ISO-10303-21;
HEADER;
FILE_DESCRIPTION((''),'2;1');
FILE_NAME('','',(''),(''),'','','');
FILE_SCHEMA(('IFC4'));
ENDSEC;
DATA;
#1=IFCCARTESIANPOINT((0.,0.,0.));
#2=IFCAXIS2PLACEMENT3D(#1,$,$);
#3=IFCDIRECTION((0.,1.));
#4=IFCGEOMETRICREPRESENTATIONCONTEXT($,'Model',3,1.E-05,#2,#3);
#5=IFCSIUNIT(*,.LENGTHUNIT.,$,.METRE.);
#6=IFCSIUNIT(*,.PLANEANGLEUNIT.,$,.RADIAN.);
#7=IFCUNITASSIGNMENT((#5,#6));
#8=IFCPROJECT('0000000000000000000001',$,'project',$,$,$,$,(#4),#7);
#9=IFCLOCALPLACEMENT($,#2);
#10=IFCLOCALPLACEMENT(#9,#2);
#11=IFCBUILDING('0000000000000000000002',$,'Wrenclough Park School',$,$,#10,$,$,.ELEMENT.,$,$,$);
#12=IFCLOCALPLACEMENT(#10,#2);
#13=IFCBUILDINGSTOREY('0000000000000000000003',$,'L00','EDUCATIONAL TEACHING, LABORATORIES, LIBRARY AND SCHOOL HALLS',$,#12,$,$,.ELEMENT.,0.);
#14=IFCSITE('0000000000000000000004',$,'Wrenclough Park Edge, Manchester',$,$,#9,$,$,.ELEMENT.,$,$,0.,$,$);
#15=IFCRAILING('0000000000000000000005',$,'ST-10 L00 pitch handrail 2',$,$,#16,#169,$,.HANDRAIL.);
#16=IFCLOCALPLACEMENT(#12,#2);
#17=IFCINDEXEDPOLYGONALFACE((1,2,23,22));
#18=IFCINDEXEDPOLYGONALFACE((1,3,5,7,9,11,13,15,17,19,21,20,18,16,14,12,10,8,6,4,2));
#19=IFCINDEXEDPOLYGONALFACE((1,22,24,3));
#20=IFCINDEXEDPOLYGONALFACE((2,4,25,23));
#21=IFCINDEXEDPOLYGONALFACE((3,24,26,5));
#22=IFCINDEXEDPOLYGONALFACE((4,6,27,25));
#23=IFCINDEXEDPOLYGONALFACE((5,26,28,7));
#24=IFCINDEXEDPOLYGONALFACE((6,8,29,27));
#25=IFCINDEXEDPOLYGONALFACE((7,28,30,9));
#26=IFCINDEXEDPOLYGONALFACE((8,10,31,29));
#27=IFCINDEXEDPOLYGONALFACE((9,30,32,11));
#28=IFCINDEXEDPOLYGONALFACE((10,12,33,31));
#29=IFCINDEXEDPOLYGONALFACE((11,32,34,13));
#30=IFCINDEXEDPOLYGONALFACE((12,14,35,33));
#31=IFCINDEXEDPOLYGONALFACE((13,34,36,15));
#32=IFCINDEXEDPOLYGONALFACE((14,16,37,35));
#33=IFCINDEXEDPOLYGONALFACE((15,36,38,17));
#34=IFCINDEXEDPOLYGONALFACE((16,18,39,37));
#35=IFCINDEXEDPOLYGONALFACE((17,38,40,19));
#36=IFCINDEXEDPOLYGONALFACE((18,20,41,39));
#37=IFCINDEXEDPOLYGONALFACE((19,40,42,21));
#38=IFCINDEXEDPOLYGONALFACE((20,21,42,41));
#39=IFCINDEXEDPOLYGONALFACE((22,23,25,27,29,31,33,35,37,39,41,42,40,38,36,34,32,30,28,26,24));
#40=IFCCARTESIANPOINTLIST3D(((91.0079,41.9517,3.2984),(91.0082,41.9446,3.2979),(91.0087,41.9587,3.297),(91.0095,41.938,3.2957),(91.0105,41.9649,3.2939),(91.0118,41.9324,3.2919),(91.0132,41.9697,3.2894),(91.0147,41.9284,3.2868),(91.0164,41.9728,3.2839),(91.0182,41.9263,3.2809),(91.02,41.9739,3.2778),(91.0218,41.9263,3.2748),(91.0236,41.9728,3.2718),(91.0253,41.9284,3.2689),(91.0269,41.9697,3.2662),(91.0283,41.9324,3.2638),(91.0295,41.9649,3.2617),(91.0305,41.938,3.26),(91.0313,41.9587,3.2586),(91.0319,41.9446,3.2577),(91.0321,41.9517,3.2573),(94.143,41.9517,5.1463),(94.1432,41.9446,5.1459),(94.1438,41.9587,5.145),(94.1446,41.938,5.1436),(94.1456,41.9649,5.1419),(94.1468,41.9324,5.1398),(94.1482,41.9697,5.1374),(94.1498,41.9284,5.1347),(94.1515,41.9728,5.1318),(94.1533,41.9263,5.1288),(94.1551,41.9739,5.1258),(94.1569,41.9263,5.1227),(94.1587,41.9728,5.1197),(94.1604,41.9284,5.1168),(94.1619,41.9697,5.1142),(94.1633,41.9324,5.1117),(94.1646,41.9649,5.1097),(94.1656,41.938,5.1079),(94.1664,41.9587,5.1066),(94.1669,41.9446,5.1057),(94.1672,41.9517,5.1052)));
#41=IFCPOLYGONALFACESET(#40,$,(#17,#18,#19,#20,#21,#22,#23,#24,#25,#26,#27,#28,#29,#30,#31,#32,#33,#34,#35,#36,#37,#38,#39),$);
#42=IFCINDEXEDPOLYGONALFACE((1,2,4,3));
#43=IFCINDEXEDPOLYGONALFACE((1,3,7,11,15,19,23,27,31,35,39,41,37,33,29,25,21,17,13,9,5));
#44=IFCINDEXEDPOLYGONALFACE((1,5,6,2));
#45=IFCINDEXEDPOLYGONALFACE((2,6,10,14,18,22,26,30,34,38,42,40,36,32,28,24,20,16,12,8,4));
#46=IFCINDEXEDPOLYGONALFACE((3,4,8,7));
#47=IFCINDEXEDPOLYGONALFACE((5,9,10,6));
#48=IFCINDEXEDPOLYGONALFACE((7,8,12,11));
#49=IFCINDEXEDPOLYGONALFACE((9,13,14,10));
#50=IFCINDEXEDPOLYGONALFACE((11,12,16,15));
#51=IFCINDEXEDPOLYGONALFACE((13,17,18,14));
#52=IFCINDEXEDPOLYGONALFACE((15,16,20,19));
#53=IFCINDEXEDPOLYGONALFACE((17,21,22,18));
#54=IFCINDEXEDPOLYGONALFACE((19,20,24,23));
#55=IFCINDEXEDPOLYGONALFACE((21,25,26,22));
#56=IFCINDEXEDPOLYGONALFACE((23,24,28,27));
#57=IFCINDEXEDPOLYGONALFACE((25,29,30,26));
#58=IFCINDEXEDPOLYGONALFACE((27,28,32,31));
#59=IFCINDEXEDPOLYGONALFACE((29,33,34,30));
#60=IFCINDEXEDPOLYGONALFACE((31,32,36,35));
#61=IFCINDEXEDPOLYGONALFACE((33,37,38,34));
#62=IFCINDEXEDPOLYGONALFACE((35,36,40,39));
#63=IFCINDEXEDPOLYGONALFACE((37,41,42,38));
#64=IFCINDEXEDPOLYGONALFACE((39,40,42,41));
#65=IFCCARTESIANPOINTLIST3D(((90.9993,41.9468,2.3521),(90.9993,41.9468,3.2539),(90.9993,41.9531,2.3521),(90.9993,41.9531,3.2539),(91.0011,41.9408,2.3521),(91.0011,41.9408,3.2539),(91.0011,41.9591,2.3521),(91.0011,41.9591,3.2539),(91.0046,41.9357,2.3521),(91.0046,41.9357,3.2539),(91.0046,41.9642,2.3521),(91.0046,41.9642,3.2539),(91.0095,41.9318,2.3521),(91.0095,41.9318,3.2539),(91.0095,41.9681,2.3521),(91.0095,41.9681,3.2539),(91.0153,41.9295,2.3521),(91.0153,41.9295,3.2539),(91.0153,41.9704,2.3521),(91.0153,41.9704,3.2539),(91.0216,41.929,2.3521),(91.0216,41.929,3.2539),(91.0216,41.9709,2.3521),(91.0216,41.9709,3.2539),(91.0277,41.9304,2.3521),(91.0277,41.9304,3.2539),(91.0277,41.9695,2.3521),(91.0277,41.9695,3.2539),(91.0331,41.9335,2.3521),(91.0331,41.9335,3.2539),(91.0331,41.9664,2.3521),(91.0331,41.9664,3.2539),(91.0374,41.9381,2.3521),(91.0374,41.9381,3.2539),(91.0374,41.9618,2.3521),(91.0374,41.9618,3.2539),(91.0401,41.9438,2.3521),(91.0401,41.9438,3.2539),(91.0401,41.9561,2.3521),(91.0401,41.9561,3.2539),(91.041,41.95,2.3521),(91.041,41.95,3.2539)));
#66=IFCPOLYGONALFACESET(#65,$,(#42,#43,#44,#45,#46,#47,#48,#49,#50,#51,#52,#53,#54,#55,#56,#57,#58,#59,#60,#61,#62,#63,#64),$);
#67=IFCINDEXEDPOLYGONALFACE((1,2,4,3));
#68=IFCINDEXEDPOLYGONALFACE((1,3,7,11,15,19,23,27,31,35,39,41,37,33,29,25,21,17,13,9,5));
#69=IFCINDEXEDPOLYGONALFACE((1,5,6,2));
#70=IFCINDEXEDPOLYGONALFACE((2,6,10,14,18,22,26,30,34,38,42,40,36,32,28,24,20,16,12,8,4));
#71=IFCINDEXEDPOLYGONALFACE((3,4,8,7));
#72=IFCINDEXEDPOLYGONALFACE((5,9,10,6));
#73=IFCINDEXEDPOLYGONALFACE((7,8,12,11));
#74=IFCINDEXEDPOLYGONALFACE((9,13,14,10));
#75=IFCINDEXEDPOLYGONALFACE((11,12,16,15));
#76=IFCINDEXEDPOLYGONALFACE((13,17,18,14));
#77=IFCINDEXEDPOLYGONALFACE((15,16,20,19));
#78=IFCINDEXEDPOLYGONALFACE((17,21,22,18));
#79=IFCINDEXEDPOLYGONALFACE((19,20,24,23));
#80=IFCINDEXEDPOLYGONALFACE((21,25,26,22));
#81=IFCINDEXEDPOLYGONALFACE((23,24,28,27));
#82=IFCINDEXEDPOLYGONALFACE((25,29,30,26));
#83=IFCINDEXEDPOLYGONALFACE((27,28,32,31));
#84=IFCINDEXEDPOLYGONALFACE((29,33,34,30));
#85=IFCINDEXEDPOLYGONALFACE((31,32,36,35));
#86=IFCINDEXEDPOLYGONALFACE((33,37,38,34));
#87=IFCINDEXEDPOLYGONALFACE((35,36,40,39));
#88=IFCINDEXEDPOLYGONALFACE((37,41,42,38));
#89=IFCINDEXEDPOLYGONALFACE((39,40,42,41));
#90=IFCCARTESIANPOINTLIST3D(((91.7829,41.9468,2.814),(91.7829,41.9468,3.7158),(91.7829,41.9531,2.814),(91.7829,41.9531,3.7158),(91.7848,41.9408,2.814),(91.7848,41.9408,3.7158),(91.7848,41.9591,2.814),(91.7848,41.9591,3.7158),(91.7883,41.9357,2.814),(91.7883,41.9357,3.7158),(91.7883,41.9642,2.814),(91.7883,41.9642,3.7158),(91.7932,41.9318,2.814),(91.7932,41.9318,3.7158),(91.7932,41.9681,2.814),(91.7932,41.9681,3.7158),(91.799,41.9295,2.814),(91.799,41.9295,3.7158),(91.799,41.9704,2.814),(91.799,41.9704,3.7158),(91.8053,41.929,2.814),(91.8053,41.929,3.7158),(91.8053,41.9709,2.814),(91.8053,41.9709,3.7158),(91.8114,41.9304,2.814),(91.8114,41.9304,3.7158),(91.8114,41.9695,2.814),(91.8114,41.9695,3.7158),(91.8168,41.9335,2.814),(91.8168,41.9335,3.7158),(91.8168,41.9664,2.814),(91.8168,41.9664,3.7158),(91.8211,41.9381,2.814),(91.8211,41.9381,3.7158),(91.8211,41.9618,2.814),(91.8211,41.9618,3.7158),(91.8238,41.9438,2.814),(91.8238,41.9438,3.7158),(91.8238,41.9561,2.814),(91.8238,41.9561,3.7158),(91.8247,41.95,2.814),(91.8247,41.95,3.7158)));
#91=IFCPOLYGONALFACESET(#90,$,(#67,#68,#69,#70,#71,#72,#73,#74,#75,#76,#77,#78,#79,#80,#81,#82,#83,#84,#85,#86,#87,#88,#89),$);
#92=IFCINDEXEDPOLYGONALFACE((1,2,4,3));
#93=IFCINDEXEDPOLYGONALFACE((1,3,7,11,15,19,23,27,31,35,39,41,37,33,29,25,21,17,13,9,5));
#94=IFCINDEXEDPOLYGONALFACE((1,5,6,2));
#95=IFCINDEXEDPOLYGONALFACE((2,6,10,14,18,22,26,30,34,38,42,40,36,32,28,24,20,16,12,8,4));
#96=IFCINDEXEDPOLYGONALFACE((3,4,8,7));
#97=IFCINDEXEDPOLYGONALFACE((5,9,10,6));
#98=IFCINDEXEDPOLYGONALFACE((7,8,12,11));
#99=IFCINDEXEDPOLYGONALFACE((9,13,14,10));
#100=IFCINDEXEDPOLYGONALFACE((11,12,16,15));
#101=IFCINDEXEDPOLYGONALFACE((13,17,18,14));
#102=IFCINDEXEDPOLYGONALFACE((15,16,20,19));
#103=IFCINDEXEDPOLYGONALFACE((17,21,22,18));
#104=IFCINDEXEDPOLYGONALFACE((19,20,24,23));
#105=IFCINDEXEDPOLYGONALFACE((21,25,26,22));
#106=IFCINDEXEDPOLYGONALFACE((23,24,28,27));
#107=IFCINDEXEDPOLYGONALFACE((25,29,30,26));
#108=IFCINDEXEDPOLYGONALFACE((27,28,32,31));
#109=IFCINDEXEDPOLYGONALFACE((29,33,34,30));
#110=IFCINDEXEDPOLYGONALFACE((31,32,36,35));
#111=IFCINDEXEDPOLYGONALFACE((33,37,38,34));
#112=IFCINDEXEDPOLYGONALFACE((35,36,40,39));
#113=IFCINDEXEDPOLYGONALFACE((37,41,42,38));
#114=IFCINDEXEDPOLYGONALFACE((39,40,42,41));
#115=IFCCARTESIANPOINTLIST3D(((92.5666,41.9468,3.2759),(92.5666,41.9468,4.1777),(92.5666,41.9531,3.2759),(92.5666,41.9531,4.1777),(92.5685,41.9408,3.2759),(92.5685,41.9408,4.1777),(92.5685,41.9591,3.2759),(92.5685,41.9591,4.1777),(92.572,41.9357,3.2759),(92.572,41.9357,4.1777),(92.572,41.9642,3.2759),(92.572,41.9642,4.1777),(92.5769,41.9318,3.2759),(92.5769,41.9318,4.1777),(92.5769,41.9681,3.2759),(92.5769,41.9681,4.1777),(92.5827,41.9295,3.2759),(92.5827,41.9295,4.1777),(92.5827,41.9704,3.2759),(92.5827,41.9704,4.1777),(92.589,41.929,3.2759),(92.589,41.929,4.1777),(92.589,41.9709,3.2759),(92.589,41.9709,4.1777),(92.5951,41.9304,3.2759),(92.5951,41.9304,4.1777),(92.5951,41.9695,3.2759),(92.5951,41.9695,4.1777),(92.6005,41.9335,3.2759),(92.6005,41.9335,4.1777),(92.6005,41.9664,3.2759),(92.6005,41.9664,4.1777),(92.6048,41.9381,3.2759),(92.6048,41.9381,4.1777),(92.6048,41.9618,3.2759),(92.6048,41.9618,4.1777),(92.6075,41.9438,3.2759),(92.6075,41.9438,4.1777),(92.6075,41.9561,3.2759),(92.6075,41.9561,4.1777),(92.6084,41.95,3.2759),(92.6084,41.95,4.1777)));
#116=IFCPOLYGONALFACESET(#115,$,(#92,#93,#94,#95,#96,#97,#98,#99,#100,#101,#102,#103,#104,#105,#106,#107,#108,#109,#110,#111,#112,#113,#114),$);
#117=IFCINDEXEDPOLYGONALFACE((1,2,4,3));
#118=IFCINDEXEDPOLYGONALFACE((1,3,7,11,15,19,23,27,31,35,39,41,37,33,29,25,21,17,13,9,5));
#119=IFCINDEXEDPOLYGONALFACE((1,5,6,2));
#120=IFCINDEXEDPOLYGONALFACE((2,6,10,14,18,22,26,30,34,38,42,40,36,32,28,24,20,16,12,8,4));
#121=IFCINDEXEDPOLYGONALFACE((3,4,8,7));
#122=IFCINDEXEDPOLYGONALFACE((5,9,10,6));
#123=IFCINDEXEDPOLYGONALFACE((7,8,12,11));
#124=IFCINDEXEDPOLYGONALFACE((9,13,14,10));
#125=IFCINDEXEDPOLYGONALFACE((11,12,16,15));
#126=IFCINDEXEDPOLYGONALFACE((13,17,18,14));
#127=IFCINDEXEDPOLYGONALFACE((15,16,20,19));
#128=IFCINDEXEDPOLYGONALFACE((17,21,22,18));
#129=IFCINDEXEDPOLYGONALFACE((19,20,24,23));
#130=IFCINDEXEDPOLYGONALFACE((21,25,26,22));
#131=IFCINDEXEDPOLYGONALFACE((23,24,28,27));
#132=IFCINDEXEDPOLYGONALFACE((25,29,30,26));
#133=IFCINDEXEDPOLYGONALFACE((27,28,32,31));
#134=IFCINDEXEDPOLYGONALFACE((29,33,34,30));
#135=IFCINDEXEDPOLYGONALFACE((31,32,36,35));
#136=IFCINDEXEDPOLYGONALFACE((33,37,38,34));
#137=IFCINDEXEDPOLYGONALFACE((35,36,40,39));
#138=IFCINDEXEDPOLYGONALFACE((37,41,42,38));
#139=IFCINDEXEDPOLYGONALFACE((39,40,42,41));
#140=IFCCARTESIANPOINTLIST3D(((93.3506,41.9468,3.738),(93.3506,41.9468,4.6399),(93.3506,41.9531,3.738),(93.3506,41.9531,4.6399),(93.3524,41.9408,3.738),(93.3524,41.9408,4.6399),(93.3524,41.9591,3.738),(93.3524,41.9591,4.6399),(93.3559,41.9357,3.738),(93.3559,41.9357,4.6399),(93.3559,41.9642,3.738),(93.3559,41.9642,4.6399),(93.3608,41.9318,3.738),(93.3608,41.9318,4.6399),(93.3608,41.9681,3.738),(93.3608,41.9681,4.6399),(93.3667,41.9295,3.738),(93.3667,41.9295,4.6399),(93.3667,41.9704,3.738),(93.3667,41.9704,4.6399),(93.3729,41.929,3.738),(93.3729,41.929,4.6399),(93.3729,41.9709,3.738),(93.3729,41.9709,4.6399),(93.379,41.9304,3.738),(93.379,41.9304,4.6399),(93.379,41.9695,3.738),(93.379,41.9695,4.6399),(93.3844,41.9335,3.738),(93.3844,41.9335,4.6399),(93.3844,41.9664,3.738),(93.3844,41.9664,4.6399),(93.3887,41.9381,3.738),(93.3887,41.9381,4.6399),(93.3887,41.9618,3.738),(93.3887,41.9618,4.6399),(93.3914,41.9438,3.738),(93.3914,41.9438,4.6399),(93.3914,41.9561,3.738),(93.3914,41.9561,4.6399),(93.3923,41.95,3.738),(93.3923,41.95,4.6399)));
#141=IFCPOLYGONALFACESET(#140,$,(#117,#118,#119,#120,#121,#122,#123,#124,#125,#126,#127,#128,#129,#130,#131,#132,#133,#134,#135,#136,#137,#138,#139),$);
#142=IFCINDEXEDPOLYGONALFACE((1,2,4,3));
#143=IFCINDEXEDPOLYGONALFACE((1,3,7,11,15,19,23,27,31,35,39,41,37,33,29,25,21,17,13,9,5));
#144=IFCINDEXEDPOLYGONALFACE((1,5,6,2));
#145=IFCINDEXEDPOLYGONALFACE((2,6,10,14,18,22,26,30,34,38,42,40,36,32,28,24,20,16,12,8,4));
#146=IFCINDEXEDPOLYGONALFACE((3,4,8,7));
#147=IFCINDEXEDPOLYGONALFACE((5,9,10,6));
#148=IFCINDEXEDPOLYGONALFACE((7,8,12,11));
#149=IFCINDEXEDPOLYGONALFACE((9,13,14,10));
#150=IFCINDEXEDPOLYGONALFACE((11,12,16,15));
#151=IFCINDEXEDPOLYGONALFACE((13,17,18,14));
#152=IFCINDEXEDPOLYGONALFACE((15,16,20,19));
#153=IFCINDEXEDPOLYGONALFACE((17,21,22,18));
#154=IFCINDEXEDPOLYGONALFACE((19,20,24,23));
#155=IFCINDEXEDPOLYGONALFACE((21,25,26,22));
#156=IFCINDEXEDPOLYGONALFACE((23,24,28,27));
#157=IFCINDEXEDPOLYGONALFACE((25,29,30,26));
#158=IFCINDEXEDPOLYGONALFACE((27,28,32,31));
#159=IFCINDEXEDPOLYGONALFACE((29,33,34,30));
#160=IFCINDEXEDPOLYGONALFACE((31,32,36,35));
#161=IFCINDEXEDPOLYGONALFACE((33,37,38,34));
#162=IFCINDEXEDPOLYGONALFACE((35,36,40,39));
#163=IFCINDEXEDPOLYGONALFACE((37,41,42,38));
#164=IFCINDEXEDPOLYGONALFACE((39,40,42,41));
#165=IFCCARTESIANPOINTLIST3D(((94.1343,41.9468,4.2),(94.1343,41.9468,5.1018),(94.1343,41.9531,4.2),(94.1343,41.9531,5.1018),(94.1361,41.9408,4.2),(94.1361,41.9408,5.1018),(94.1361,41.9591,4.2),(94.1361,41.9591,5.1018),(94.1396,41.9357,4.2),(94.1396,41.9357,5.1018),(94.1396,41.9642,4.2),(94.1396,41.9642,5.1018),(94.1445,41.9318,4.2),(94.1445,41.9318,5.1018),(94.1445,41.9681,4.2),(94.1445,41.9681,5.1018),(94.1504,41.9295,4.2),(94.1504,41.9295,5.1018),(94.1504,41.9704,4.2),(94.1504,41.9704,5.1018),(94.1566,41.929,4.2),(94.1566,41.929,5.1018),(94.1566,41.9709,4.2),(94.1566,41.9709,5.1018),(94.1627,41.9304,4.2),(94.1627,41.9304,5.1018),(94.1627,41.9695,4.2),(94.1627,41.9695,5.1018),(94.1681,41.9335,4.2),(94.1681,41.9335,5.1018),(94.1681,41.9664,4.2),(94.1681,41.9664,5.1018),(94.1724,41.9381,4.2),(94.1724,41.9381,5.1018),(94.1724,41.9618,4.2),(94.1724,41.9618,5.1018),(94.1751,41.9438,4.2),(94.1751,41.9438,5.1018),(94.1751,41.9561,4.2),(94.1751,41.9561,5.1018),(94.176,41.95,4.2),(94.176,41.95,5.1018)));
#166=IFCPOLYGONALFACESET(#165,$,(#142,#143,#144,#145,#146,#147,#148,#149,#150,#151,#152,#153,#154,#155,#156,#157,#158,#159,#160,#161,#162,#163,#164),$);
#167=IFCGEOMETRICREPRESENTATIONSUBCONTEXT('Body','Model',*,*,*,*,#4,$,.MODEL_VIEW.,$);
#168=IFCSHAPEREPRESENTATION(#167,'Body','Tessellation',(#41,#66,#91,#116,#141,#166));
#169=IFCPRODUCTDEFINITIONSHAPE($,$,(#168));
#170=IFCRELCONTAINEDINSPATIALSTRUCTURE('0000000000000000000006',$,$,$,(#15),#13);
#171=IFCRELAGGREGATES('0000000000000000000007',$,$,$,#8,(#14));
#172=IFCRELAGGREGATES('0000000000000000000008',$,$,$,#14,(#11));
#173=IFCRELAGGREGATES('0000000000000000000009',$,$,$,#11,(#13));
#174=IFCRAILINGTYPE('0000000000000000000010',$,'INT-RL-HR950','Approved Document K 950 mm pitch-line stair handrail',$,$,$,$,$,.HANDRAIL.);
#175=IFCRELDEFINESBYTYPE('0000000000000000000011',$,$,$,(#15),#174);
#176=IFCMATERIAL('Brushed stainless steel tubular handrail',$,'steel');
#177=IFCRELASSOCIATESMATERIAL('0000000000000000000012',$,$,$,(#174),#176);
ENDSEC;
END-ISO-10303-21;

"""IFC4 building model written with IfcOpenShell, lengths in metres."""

from ifc_helpers import new_model, si_unit, direction, frame, origin, origin_2d, place, context, subcontext, project, spatial, circle, extrude, material, type_object, element, save


model = new_model("IFC4")

# Units and contexts
model_context = context("Model", 3, precision=1e-05, world=origin(), true_north=direction((0.0, 1.0)))
body_context = subcontext(model_context, "Body", "Model", "MODEL_VIEW")
ifc_project = project(units=[si_unit("LENGTHUNIT", "METRE"), si_unit("PLANEANGLEUNIT", "RADIAN")], contexts=[model_context])

# Site, building, storey
site_placement = place(None, origin())
site = spatial("IfcSite", under=ifc_project, at=site_placement, Name="Wrenclough Park Edge, Manchester", CompositionType="ELEMENT", RefElevation=0.0)
building_placement = place(site_placement, origin())
building = spatial("IfcBuilding", under=site, at=building_placement, Name="Wrenclough Park School", CompositionType="ELEMENT")
storey_placement = place(building_placement, origin())
storey = spatial("IfcBuildingStorey", under=building, at=storey_placement, Name="L00", Description="EDUCATIONAL TEACHING, LABORATORIES, LIBRARY AND SCHOOL HALLS", CompositionType="ELEMENT", Elevation=0.0)

# Railing
ifc_material_1 = material(Name="Brushed stainless steel tubular handrail", Category="steel")
railing_type = type_object("IfcRailingType", Name="INT-RL-HR950", Description="Approved Document K 950 mm pitch-line stair handrail", PredefinedType="HANDRAIL", material=ifc_material_1)
railing_placement = place(storey_placement, frame((91.02, 41.95, 2.3521)))
element("IfcRailing", 1, at=railing_placement, inside=storey, type_object=railing_type, Name="ST-10 L00 pitch handrail 2", PredefinedType="HANDRAIL", context=body_context, shape_type="SweptSolid", body=[
    extrude(circle(Radius=0.0239, at=origin_2d()), frame((0.0, 0.0, 0.9258), z_axis=(0.86148, 0.0, 0.507791), x_axis=(0.0, 1.0, 0.0)), (0.0, 0.0, 1.0), 3.6392),
    extrude(circle(Radius=0.021, at=origin_2d()), origin(), (0.0, 0.0, 1.0), 0.9019),
    extrude(circle(Radius=0.021, at=origin_2d()), frame((0.7837, 0.0, 0.4619)), (0.0, 0.0, 1.0), 0.9019),
    extrude(circle(Radius=0.021, at=origin_2d()), frame((1.5674, 0.0, 0.9238)), (0.0, 0.0, 1.0), 0.9019),
    extrude(circle(Radius=0.021, at=origin_2d()), frame((2.3513, 0.0, 1.386)), (0.0, 0.0, 1.0), 0.9019),
    extrude(circle(Radius=0.021, at=origin_2d()), frame((3.135, 0.0, 1.8479)), (0.0, 0.0, 1.0), 0.9019),
])

save(model, "model.ifc")
